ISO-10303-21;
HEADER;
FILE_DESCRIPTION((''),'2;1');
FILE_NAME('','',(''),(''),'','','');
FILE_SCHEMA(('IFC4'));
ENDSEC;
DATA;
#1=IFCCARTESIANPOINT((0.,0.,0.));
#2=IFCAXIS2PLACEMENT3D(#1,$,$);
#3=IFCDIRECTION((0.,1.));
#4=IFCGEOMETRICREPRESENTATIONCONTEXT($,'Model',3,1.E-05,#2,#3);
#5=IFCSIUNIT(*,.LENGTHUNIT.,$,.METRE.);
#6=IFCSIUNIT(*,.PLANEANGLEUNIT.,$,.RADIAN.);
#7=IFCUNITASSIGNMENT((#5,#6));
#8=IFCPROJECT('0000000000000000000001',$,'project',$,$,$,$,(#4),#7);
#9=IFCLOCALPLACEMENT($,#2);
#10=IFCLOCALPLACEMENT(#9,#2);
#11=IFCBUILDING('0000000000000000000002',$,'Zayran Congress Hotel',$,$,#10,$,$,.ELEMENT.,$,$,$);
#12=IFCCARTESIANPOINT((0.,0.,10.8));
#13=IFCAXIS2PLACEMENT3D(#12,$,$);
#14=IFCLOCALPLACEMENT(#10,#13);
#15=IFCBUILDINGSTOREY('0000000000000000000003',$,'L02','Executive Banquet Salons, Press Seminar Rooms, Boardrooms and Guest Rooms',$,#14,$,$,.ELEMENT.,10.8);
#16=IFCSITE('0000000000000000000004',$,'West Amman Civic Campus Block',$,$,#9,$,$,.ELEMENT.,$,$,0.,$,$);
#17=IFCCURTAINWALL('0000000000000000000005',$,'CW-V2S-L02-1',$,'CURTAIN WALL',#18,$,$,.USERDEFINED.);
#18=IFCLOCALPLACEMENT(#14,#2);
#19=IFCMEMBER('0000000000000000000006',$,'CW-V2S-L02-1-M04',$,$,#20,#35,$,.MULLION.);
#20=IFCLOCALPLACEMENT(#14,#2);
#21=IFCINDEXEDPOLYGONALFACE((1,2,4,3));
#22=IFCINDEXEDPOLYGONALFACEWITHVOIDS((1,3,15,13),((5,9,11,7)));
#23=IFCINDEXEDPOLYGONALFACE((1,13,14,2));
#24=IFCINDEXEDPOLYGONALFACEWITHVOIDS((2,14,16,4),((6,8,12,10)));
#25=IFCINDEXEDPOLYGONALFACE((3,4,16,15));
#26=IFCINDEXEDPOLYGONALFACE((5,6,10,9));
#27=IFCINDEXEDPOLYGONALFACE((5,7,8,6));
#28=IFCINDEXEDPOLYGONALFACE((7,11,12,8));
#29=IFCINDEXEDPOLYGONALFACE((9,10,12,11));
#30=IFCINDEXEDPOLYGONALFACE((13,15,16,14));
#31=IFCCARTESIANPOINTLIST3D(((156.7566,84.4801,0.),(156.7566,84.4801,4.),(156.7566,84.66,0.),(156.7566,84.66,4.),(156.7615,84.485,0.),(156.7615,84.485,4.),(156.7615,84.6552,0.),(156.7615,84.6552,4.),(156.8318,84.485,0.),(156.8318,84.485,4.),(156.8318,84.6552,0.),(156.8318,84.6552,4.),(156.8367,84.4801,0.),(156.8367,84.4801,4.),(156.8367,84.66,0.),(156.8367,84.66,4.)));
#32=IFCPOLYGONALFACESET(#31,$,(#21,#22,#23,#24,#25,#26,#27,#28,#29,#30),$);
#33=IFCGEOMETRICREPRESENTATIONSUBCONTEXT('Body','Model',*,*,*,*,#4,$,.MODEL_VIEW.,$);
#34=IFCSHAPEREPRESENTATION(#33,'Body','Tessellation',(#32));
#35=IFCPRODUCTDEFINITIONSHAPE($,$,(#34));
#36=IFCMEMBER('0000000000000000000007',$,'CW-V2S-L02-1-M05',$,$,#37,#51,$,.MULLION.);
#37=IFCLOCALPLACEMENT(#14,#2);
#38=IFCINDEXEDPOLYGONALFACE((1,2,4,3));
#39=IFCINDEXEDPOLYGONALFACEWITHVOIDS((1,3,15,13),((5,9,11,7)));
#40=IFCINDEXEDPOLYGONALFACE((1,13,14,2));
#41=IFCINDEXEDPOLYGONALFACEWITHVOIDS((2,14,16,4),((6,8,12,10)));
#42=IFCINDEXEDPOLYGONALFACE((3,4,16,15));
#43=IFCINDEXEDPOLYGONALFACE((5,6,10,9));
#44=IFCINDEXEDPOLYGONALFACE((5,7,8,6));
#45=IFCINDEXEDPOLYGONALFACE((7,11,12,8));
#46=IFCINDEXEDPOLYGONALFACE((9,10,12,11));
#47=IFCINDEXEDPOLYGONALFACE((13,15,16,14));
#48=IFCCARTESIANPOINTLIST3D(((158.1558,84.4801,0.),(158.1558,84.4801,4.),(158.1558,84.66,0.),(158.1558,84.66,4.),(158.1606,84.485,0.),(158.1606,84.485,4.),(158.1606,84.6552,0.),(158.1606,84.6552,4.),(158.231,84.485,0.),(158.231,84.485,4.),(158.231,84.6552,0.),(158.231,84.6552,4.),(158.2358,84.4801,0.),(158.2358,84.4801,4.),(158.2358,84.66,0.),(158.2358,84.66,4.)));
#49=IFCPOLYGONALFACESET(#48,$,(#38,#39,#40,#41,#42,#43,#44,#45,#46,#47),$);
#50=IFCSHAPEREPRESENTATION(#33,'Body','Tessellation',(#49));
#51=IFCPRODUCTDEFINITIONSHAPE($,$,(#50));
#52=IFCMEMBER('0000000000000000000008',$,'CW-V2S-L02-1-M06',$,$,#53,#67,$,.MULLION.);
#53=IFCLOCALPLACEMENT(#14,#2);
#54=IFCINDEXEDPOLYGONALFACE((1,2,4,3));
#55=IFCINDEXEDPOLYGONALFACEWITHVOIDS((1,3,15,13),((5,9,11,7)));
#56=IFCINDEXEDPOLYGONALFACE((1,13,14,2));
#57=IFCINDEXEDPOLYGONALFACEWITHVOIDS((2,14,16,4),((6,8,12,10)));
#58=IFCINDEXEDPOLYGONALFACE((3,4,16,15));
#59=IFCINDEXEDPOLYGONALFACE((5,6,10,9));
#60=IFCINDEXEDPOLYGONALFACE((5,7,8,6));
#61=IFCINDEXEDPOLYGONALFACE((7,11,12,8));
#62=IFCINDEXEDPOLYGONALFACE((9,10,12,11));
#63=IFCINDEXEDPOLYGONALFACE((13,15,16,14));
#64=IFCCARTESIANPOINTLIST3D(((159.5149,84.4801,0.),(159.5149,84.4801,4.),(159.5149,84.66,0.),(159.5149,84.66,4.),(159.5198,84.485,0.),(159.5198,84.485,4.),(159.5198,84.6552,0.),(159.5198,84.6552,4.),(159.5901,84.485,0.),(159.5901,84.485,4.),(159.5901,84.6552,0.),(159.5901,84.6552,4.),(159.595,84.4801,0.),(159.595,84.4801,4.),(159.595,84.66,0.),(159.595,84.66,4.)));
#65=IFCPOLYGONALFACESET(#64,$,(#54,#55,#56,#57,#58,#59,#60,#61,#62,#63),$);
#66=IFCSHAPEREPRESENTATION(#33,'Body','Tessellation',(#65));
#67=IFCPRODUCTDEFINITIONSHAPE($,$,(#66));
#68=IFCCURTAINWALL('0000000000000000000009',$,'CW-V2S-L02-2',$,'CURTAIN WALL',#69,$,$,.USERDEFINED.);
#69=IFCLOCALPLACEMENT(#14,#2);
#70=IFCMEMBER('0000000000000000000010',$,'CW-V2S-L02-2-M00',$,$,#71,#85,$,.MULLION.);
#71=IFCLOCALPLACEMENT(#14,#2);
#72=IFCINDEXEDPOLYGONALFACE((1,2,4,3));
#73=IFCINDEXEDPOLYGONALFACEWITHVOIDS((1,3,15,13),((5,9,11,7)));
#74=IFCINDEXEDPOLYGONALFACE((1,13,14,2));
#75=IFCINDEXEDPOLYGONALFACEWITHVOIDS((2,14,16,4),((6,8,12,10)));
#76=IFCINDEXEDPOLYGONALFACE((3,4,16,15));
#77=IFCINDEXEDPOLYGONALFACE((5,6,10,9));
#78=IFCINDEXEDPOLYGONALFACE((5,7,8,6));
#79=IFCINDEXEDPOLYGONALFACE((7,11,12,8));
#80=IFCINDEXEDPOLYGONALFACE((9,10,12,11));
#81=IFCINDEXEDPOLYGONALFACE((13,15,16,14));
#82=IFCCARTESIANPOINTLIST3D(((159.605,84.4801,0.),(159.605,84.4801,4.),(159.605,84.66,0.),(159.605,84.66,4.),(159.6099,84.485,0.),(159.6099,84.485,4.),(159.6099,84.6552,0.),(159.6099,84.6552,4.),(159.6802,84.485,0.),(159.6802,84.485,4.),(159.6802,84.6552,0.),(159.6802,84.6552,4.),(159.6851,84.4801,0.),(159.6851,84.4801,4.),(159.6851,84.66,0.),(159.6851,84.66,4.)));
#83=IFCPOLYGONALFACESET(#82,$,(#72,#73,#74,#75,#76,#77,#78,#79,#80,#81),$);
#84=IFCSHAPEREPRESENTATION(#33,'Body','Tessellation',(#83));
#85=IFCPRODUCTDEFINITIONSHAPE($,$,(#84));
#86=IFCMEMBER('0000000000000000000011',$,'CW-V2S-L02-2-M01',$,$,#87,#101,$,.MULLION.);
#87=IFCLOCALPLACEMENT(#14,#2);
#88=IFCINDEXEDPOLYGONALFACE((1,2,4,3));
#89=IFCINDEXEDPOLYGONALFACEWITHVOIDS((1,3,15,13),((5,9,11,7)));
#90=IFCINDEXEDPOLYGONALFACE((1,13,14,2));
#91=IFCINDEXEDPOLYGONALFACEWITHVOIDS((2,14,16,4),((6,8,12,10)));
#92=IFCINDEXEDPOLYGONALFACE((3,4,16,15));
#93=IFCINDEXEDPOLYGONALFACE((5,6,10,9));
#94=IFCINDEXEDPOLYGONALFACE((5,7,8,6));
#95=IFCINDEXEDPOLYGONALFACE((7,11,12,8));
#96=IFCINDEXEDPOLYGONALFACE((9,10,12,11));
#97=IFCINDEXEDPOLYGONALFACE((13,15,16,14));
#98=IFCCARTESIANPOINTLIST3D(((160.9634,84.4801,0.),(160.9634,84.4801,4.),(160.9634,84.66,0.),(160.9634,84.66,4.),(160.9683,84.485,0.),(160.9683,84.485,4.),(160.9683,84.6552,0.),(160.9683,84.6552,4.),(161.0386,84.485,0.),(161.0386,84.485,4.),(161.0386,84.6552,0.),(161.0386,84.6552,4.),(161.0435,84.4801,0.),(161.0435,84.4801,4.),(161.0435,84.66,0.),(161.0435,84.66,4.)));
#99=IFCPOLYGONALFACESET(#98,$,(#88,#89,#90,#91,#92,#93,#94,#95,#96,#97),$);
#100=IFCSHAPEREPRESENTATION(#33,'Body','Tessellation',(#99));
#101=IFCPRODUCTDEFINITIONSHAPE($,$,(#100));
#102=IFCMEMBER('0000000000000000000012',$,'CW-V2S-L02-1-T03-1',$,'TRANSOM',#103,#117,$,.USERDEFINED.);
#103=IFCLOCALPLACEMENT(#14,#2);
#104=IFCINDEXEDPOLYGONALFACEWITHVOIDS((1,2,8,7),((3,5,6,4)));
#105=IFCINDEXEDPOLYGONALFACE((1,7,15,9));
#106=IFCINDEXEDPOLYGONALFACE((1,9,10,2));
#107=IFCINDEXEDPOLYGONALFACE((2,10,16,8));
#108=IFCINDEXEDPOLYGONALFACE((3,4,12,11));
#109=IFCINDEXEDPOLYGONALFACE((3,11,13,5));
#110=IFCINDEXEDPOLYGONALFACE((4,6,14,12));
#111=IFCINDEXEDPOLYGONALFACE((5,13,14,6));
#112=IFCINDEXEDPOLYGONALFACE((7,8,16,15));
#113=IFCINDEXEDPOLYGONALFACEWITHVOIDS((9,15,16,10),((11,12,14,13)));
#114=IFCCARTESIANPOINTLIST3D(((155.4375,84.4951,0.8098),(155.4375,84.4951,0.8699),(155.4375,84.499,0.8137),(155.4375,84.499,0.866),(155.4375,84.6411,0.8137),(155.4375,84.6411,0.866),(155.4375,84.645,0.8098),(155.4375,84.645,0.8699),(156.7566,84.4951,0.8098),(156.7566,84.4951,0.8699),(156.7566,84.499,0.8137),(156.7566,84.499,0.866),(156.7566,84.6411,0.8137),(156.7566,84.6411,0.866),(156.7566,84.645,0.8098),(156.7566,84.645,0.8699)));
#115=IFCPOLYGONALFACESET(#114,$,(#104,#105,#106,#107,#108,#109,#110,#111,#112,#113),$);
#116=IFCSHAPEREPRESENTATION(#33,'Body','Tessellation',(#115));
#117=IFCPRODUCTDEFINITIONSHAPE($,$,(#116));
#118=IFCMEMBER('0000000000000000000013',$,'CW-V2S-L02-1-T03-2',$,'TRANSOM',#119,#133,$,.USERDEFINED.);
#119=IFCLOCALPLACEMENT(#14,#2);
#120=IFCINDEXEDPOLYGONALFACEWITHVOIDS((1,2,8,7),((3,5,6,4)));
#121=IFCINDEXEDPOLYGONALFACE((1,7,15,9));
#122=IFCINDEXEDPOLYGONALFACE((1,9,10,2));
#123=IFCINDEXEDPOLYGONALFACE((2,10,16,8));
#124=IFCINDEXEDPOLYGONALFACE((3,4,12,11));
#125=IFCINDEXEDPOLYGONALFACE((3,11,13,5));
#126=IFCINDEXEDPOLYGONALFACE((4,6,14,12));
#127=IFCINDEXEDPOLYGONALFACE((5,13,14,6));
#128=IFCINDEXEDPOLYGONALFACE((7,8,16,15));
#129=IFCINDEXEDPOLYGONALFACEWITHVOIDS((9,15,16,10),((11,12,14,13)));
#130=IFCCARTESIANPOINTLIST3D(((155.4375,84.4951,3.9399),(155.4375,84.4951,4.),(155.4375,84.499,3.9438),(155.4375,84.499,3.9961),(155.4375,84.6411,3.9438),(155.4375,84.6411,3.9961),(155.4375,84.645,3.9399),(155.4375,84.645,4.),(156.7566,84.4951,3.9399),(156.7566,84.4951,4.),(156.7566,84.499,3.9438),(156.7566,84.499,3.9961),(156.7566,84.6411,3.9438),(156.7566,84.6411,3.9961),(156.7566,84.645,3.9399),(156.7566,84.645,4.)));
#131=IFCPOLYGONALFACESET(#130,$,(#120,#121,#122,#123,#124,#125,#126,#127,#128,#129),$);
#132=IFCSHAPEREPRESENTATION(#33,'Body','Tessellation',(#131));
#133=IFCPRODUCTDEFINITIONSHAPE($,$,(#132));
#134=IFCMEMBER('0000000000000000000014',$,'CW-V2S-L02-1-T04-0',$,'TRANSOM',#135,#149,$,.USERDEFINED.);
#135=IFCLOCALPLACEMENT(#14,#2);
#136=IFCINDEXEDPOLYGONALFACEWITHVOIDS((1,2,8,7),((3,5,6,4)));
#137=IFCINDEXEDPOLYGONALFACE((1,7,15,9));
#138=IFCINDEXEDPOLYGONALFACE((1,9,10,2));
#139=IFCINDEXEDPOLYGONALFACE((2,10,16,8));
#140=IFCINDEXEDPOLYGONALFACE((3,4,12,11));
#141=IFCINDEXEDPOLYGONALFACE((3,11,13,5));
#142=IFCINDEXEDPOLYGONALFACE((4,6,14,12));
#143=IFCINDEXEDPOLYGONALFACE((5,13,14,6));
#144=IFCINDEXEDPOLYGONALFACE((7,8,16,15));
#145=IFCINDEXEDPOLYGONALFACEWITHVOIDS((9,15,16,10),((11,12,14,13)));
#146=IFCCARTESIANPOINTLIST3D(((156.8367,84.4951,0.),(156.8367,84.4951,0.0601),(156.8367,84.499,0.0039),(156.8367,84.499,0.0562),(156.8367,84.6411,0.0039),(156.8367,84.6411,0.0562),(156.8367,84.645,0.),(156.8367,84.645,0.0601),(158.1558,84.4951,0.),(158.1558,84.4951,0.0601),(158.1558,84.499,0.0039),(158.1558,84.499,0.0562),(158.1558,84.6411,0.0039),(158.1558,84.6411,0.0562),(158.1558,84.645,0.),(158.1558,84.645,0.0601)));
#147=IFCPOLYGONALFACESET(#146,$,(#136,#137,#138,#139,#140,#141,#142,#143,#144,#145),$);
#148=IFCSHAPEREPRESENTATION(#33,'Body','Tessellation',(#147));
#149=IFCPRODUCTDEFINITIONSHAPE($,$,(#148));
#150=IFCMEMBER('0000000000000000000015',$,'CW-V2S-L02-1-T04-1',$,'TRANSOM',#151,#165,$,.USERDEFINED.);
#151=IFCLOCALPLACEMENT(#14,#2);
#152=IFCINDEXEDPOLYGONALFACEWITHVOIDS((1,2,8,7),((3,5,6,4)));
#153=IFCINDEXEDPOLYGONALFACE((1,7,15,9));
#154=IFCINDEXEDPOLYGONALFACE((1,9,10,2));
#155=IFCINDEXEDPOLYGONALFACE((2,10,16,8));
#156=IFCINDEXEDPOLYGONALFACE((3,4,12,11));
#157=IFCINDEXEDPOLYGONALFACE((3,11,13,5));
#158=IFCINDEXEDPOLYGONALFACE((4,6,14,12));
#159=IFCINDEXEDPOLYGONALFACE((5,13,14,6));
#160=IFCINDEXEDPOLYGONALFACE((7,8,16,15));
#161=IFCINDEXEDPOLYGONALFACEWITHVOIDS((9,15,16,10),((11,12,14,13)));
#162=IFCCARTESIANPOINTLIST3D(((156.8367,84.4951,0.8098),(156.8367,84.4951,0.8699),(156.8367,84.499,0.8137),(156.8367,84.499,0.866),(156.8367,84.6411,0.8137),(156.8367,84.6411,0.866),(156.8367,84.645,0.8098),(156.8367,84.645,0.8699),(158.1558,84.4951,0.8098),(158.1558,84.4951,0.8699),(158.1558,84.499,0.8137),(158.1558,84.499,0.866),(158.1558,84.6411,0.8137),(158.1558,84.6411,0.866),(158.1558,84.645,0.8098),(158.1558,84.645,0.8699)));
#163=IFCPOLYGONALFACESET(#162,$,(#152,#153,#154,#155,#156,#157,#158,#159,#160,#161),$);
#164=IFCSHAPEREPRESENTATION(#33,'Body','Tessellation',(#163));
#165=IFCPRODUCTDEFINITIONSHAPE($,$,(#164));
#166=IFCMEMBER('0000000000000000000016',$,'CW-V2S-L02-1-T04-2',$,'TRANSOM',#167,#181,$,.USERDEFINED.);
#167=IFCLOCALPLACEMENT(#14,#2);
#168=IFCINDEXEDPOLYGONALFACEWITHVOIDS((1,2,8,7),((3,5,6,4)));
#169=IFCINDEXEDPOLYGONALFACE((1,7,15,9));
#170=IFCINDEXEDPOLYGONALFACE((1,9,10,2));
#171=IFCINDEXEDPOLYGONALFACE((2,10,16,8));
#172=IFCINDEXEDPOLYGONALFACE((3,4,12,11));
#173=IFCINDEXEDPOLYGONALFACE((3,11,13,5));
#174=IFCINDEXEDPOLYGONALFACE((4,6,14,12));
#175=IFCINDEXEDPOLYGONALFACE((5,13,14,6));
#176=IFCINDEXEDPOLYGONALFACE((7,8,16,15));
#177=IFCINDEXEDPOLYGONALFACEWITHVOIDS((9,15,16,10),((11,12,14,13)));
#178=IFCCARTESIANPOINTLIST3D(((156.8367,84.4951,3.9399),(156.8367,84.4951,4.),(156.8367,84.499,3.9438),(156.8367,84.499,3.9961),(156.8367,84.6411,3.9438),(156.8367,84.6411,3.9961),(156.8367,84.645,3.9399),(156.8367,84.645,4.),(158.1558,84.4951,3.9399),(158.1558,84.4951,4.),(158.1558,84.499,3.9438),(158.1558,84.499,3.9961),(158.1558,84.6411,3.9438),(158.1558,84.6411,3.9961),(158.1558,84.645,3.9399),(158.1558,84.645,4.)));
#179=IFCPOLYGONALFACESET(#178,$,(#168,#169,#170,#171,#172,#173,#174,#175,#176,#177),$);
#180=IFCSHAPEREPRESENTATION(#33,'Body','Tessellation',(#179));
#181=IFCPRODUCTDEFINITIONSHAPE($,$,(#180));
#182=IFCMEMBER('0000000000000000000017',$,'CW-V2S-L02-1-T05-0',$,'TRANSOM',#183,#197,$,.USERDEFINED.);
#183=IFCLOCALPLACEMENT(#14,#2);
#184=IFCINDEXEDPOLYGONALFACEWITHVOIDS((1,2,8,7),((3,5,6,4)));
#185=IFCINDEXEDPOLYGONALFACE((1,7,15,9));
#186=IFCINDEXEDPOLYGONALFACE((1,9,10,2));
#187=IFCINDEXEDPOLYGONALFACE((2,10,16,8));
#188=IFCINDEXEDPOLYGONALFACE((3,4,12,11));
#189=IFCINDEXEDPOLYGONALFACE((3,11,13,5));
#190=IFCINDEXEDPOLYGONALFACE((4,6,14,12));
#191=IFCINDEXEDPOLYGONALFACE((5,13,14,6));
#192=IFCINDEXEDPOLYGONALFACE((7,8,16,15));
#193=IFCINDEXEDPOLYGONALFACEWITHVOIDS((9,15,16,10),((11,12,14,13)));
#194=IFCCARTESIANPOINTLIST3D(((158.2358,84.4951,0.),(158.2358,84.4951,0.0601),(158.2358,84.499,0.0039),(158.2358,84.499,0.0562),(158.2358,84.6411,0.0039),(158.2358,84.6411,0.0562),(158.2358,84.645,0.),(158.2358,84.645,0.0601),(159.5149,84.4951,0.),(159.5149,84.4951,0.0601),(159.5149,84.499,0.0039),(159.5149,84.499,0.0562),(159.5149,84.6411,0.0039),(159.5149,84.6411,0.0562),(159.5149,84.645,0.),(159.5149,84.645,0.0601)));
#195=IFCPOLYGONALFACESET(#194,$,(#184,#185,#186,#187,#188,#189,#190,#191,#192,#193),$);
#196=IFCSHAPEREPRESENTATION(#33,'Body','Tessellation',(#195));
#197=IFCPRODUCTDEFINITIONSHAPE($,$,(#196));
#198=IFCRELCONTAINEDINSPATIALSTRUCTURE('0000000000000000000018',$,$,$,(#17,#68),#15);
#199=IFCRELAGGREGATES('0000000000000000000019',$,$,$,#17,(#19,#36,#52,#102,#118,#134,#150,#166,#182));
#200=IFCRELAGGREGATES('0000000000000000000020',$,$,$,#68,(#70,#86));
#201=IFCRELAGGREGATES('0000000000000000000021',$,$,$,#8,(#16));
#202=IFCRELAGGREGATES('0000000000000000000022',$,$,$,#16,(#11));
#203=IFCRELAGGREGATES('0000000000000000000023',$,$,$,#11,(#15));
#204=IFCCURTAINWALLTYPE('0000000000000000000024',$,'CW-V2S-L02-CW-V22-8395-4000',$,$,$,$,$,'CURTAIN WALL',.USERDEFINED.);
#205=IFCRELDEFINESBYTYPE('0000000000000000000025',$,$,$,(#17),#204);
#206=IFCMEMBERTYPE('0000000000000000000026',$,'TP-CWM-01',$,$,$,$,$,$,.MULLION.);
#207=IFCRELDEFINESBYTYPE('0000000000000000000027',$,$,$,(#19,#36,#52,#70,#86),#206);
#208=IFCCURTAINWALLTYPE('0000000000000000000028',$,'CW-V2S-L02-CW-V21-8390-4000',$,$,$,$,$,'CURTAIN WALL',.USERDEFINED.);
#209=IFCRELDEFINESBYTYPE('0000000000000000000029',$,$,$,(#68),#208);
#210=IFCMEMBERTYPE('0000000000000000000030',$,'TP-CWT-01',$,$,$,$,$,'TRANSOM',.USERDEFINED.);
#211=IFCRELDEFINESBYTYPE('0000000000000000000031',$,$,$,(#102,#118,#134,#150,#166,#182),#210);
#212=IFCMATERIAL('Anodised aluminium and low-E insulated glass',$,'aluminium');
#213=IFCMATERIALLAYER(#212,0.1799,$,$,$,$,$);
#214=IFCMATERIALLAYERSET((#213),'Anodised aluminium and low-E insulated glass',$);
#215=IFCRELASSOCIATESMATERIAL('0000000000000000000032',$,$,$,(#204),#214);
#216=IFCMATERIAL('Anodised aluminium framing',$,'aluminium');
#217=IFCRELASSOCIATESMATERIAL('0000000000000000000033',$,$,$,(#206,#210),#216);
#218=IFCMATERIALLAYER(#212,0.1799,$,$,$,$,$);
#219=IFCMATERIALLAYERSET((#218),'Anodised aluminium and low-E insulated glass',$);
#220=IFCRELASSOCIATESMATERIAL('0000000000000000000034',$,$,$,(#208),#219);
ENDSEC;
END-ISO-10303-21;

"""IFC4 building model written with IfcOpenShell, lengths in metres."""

from ifc_helpers import new_model, si_unit, direction, frame, origin, origin_2d, place, context, subcontext, project, spatial, hollow_rectangle, extrude, material, layer, layer_set, material_profile, profile_set, type_object, element, aggregate, save


model = new_model("IFC4")

# Units and contexts
model_context = context("Model", 3, precision=1e-05, world=origin(), true_north=direction((0.0, 1.0)))
body_context = subcontext(model_context, "Body", "Model", "MODEL_VIEW")
ifc_project = project(units=[si_unit("LENGTHUNIT", "METRE"), si_unit("PLANEANGLEUNIT", "RADIAN")], contexts=[model_context])

# Site, building, storey
site_placement = place(None, origin())
site = spatial("IfcSite", under=ifc_project, at=site_placement, Name="West Amman Civic Campus Block", CompositionType="ELEMENT", RefElevation=0.0)
building_placement = place(site_placement, origin())
building = spatial("IfcBuilding", under=site, at=building_placement, Name="Zayran Congress Hotel", CompositionType="ELEMENT")
storey_placement = place(building_placement, frame((0.0, 0.0, 10.8)))
storey = spatial("IfcBuildingStorey", under=building, at=storey_placement, Name="L02", Description="Executive Banquet Salons, Press Seminar Rooms, Boardrooms and Guest Rooms", CompositionType="ELEMENT", Elevation=10.8)

# Curtain walls, members
ifc_material_1 = material(Name="Anodised aluminium and low-E insulated glass", Category="aluminium")
ifc_layer_1 = layer(ifc_material_1, 0.1799)
ifc_layer_set_1 = layer_set([ifc_layer_1], Name="Anodised aluminium and low-E insulated glass")
curtain_wall_type_1 = type_object("IfcCurtainWallType", Name="CW-V2S-L02-CW-V22-8395-4000", ElementType="CURTAIN WALL", PredefinedType="USERDEFINED", material=ifc_layer_set_1)
curtain_wall_1_placement = place(storey_placement, origin())
curtain_wall_1 = element("IfcCurtainWall", 1, at=curtain_wall_1_placement, inside=storey, type_object=curtain_wall_type_1, Name="CW-V2S-L02-1", ObjectType="CURTAIN WALL", PredefinedType="USERDEFINED")
ifc_material_2 = material(Name="Anodised aluminium framing", Category="aluminium")
ifc_material_profile_1 = material_profile(ifc_material_2, hollow_rectangle(XDim=0.0801, YDim=0.1799, WallThickness=0.0049, at=origin_2d()), Name="RHS 180x80x5")
ifc_profile_set_1 = profile_set([ifc_material_profile_1], Name="Anodised aluminium framing")
member_type_1 = type_object("IfcMemberType", Name="TP-CWM-01", PredefinedType="MULLION", material=ifc_profile_set_1)
member_1_placement = place(storey_placement, frame((156.7966, 84.5701, 0.0), z_axis=(0.0, 0.0, 1.0), x_axis=(1.0, 0.0, 0.0)))
member_1 = element("IfcMember", 2, at=member_1_placement, type_object=member_type_1, Name="CW-V2S-L02-1-M04", PredefinedType="MULLION", context=body_context, shape_type="SweptSolid", body=[
    extrude(hollow_rectangle(XDim=0.0801, YDim=0.1799, WallThickness=0.0049, at=origin_2d()), origin(), (0.0, 0.0, 1.0), 4.0),
])
member_2_placement = place(storey_placement, frame((158.1958, 84.5701, 0.0), z_axis=(0.0, 0.0, 1.0), x_axis=(1.0, 0.0, 0.0)))
member_2 = element("IfcMember", 3, at=member_2_placement, type_object=member_type_1, Name="CW-V2S-L02-1-M05", PredefinedType="MULLION", context=body_context, shape_type="SweptSolid", body=[
    extrude(hollow_rectangle(XDim=0.0801, YDim=0.1799, WallThickness=0.0049, at=origin_2d()), origin(), (0.0, 0.0, 1.0), 4.0),
])
member_3_placement = place(storey_placement, frame((159.5549, 84.5701, 0.0), z_axis=(0.0, 0.0, 1.0), x_axis=(1.0, 0.0, 0.0)))
member_3 = element("IfcMember", 4, at=member_3_placement, type_object=member_type_1, Name="CW-V2S-L02-1-M06", PredefinedType="MULLION", context=body_context, shape_type="SweptSolid", body=[
    extrude(hollow_rectangle(XDim=0.0801, YDim=0.1799, WallThickness=0.0049, at=origin_2d()), origin(), (0.0, 0.0, 1.0), 4.0),
])
ifc_layer_2 = layer(ifc_material_1, 0.1799)
ifc_layer_set_2 = layer_set([ifc_layer_2], Name="Anodised aluminium and low-E insulated glass")
curtain_wall_type_2 = type_object("IfcCurtainWallType", Name="CW-V2S-L02-CW-V21-8390-4000", ElementType="CURTAIN WALL", PredefinedType="USERDEFINED", material=ifc_layer_set_2)
curtain_wall_2_placement = place(storey_placement, origin())
curtain_wall_2 = element("IfcCurtainWall", 5, at=curtain_wall_2_placement, inside=storey, type_object=curtain_wall_type_2, Name="CW-V2S-L02-2", ObjectType="CURTAIN WALL", PredefinedType="USERDEFINED")
member_4_placement = place(storey_placement, frame((159.645, 84.5701, 0.0), z_axis=(0.0, 0.0, 1.0), x_axis=(1.0, 0.0, 0.0)))
member_4 = element("IfcMember", 6, at=member_4_placement, type_object=member_type_1, Name="CW-V2S-L02-2-M00", PredefinedType="MULLION", context=body_context, shape_type="SweptSolid", body=[
    extrude(hollow_rectangle(XDim=0.0801, YDim=0.1799, WallThickness=0.0049, at=origin_2d()), origin(), (0.0, 0.0, 1.0), 4.0),
])
member_5_placement = place(storey_placement, frame((161.0034, 84.5701, 0.0), z_axis=(0.0, 0.0, 1.0), x_axis=(1.0, 0.0, 0.0)))
member_5 = element("IfcMember", 7, at=member_5_placement, type_object=member_type_1, Name="CW-V2S-L02-2-M01", PredefinedType="MULLION", context=body_context, shape_type="SweptSolid", body=[
    extrude(hollow_rectangle(XDim=0.0801, YDim=0.1799, WallThickness=0.0049, at=origin_2d()), origin(), (0.0, 0.0, 1.0), 4.0),
])

# Members
ifc_material_profile_2 = material_profile(ifc_material_2, hollow_rectangle(XDim=0.0601, YDim=0.1499, WallThickness=0.0039, at=origin_2d()), Name="RHS 150x60x4")
ifc_profile_set_2 = profile_set([ifc_material_profile_2], Name="Anodised aluminium framing")
member_type_2 = type_object("IfcMemberType", Name="TP-CWT-01", ElementType="TRANSOM", PredefinedType="USERDEFINED", material=ifc_profile_set_2)
member_6_placement = place(storey_placement, frame((155.4375, 84.5701, 0.8398), z_axis=(1.0, 0.0, 0.0), x_axis=(0.0, 0.0, 1.0)))
member_6 = element("IfcMember", 8, at=member_6_placement, type_object=member_type_2, Name="CW-V2S-L02-1-T03-1", ObjectType="TRANSOM", PredefinedType="USERDEFINED", context=body_context, shape_type="SweptSolid", body=[
    extrude(hollow_rectangle(XDim=0.0601, YDim=0.1499, WallThickness=0.0039, at=origin_2d()), origin(), (0.0, 0.0, 1.0), 1.3191),
])
member_7_placement = place(storey_placement, frame((155.4375, 84.5701, 3.97), z_axis=(1.0, 0.0, 0.0), x_axis=(0.0, 0.0, 1.0)))
member_7 = element("IfcMember", 9, at=member_7_placement, type_object=member_type_2, Name="CW-V2S-L02-1-T03-2", ObjectType="TRANSOM", PredefinedType="USERDEFINED", context=body_context, shape_type="SweptSolid", body=[
    extrude(hollow_rectangle(XDim=0.0601, YDim=0.1499, WallThickness=0.0039, at=origin_2d()), origin(), (0.0, 0.0, 1.0), 1.3191),
])
member_8_placement = place(storey_placement, frame((156.8367, 84.5701, 0.03), z_axis=(1.0, 0.0, 0.0), x_axis=(0.0, 0.0, 1.0)))
member_8 = element("IfcMember", 10, at=member_8_placement, type_object=member_type_2, Name="CW-V2S-L02-1-T04-0", ObjectType="TRANSOM", PredefinedType="USERDEFINED", context=body_context, shape_type="SweptSolid", body=[
    extrude(hollow_rectangle(XDim=0.0601, YDim=0.1499, WallThickness=0.0039, at=origin_2d()), origin(), (0.0, 0.0, 1.0), 1.3191),
])
member_9_placement = place(storey_placement, frame((156.8367, 84.5701, 0.8398), z_axis=(1.0, 0.0, 0.0), x_axis=(0.0, 0.0, 1.0)))
member_9 = element("IfcMember", 11, at=member_9_placement, type_object=member_type_2, Name="CW-V2S-L02-1-T04-1", ObjectType="TRANSOM", PredefinedType="USERDEFINED", context=body_context, shape_type="SweptSolid", body=[
    extrude(hollow_rectangle(XDim=0.0601, YDim=0.1499, WallThickness=0.0039, at=origin_2d()), origin(), (0.0, 0.0, 1.0), 1.3191),
])
member_10_placement = place(storey_placement, frame((156.8367, 84.5701, 3.97), z_axis=(1.0, 0.0, 0.0), x_axis=(0.0, 0.0, 1.0)))
member_10 = element("IfcMember", 12, at=member_10_placement, type_object=member_type_2, Name="CW-V2S-L02-1-T04-2", ObjectType="TRANSOM", PredefinedType="USERDEFINED", context=body_context, shape_type="SweptSolid", body=[
    extrude(hollow_rectangle(XDim=0.0601, YDim=0.1499, WallThickness=0.0039, at=origin_2d()), origin(), (0.0, 0.0, 1.0), 1.3191),
])
member_11_placement = place(storey_placement, frame((158.2358, 84.5701, 0.03), z_axis=(1.0, 0.0, 0.0), x_axis=(0.0, 0.0, 1.0)))
member_11 = element("IfcMember", 13, at=member_11_placement, type_object=member_type_2, Name="CW-V2S-L02-1-T05-0", ObjectType="TRANSOM", PredefinedType="USERDEFINED", context=body_context, shape_type="SweptSolid", body=[
    extrude(hollow_rectangle(XDim=0.0601, YDim=0.1499, WallThickness=0.0039, at=origin_2d()), origin(), (0.0, 0.0, 1.0), 1.2791),
])

aggregate(curtain_wall_1, [member_1, member_2, member_3, member_6, member_7, member_8, member_9, member_10, member_11])
aggregate(curtain_wall_2, [member_4, member_5])

save(model, "model.ifc")
